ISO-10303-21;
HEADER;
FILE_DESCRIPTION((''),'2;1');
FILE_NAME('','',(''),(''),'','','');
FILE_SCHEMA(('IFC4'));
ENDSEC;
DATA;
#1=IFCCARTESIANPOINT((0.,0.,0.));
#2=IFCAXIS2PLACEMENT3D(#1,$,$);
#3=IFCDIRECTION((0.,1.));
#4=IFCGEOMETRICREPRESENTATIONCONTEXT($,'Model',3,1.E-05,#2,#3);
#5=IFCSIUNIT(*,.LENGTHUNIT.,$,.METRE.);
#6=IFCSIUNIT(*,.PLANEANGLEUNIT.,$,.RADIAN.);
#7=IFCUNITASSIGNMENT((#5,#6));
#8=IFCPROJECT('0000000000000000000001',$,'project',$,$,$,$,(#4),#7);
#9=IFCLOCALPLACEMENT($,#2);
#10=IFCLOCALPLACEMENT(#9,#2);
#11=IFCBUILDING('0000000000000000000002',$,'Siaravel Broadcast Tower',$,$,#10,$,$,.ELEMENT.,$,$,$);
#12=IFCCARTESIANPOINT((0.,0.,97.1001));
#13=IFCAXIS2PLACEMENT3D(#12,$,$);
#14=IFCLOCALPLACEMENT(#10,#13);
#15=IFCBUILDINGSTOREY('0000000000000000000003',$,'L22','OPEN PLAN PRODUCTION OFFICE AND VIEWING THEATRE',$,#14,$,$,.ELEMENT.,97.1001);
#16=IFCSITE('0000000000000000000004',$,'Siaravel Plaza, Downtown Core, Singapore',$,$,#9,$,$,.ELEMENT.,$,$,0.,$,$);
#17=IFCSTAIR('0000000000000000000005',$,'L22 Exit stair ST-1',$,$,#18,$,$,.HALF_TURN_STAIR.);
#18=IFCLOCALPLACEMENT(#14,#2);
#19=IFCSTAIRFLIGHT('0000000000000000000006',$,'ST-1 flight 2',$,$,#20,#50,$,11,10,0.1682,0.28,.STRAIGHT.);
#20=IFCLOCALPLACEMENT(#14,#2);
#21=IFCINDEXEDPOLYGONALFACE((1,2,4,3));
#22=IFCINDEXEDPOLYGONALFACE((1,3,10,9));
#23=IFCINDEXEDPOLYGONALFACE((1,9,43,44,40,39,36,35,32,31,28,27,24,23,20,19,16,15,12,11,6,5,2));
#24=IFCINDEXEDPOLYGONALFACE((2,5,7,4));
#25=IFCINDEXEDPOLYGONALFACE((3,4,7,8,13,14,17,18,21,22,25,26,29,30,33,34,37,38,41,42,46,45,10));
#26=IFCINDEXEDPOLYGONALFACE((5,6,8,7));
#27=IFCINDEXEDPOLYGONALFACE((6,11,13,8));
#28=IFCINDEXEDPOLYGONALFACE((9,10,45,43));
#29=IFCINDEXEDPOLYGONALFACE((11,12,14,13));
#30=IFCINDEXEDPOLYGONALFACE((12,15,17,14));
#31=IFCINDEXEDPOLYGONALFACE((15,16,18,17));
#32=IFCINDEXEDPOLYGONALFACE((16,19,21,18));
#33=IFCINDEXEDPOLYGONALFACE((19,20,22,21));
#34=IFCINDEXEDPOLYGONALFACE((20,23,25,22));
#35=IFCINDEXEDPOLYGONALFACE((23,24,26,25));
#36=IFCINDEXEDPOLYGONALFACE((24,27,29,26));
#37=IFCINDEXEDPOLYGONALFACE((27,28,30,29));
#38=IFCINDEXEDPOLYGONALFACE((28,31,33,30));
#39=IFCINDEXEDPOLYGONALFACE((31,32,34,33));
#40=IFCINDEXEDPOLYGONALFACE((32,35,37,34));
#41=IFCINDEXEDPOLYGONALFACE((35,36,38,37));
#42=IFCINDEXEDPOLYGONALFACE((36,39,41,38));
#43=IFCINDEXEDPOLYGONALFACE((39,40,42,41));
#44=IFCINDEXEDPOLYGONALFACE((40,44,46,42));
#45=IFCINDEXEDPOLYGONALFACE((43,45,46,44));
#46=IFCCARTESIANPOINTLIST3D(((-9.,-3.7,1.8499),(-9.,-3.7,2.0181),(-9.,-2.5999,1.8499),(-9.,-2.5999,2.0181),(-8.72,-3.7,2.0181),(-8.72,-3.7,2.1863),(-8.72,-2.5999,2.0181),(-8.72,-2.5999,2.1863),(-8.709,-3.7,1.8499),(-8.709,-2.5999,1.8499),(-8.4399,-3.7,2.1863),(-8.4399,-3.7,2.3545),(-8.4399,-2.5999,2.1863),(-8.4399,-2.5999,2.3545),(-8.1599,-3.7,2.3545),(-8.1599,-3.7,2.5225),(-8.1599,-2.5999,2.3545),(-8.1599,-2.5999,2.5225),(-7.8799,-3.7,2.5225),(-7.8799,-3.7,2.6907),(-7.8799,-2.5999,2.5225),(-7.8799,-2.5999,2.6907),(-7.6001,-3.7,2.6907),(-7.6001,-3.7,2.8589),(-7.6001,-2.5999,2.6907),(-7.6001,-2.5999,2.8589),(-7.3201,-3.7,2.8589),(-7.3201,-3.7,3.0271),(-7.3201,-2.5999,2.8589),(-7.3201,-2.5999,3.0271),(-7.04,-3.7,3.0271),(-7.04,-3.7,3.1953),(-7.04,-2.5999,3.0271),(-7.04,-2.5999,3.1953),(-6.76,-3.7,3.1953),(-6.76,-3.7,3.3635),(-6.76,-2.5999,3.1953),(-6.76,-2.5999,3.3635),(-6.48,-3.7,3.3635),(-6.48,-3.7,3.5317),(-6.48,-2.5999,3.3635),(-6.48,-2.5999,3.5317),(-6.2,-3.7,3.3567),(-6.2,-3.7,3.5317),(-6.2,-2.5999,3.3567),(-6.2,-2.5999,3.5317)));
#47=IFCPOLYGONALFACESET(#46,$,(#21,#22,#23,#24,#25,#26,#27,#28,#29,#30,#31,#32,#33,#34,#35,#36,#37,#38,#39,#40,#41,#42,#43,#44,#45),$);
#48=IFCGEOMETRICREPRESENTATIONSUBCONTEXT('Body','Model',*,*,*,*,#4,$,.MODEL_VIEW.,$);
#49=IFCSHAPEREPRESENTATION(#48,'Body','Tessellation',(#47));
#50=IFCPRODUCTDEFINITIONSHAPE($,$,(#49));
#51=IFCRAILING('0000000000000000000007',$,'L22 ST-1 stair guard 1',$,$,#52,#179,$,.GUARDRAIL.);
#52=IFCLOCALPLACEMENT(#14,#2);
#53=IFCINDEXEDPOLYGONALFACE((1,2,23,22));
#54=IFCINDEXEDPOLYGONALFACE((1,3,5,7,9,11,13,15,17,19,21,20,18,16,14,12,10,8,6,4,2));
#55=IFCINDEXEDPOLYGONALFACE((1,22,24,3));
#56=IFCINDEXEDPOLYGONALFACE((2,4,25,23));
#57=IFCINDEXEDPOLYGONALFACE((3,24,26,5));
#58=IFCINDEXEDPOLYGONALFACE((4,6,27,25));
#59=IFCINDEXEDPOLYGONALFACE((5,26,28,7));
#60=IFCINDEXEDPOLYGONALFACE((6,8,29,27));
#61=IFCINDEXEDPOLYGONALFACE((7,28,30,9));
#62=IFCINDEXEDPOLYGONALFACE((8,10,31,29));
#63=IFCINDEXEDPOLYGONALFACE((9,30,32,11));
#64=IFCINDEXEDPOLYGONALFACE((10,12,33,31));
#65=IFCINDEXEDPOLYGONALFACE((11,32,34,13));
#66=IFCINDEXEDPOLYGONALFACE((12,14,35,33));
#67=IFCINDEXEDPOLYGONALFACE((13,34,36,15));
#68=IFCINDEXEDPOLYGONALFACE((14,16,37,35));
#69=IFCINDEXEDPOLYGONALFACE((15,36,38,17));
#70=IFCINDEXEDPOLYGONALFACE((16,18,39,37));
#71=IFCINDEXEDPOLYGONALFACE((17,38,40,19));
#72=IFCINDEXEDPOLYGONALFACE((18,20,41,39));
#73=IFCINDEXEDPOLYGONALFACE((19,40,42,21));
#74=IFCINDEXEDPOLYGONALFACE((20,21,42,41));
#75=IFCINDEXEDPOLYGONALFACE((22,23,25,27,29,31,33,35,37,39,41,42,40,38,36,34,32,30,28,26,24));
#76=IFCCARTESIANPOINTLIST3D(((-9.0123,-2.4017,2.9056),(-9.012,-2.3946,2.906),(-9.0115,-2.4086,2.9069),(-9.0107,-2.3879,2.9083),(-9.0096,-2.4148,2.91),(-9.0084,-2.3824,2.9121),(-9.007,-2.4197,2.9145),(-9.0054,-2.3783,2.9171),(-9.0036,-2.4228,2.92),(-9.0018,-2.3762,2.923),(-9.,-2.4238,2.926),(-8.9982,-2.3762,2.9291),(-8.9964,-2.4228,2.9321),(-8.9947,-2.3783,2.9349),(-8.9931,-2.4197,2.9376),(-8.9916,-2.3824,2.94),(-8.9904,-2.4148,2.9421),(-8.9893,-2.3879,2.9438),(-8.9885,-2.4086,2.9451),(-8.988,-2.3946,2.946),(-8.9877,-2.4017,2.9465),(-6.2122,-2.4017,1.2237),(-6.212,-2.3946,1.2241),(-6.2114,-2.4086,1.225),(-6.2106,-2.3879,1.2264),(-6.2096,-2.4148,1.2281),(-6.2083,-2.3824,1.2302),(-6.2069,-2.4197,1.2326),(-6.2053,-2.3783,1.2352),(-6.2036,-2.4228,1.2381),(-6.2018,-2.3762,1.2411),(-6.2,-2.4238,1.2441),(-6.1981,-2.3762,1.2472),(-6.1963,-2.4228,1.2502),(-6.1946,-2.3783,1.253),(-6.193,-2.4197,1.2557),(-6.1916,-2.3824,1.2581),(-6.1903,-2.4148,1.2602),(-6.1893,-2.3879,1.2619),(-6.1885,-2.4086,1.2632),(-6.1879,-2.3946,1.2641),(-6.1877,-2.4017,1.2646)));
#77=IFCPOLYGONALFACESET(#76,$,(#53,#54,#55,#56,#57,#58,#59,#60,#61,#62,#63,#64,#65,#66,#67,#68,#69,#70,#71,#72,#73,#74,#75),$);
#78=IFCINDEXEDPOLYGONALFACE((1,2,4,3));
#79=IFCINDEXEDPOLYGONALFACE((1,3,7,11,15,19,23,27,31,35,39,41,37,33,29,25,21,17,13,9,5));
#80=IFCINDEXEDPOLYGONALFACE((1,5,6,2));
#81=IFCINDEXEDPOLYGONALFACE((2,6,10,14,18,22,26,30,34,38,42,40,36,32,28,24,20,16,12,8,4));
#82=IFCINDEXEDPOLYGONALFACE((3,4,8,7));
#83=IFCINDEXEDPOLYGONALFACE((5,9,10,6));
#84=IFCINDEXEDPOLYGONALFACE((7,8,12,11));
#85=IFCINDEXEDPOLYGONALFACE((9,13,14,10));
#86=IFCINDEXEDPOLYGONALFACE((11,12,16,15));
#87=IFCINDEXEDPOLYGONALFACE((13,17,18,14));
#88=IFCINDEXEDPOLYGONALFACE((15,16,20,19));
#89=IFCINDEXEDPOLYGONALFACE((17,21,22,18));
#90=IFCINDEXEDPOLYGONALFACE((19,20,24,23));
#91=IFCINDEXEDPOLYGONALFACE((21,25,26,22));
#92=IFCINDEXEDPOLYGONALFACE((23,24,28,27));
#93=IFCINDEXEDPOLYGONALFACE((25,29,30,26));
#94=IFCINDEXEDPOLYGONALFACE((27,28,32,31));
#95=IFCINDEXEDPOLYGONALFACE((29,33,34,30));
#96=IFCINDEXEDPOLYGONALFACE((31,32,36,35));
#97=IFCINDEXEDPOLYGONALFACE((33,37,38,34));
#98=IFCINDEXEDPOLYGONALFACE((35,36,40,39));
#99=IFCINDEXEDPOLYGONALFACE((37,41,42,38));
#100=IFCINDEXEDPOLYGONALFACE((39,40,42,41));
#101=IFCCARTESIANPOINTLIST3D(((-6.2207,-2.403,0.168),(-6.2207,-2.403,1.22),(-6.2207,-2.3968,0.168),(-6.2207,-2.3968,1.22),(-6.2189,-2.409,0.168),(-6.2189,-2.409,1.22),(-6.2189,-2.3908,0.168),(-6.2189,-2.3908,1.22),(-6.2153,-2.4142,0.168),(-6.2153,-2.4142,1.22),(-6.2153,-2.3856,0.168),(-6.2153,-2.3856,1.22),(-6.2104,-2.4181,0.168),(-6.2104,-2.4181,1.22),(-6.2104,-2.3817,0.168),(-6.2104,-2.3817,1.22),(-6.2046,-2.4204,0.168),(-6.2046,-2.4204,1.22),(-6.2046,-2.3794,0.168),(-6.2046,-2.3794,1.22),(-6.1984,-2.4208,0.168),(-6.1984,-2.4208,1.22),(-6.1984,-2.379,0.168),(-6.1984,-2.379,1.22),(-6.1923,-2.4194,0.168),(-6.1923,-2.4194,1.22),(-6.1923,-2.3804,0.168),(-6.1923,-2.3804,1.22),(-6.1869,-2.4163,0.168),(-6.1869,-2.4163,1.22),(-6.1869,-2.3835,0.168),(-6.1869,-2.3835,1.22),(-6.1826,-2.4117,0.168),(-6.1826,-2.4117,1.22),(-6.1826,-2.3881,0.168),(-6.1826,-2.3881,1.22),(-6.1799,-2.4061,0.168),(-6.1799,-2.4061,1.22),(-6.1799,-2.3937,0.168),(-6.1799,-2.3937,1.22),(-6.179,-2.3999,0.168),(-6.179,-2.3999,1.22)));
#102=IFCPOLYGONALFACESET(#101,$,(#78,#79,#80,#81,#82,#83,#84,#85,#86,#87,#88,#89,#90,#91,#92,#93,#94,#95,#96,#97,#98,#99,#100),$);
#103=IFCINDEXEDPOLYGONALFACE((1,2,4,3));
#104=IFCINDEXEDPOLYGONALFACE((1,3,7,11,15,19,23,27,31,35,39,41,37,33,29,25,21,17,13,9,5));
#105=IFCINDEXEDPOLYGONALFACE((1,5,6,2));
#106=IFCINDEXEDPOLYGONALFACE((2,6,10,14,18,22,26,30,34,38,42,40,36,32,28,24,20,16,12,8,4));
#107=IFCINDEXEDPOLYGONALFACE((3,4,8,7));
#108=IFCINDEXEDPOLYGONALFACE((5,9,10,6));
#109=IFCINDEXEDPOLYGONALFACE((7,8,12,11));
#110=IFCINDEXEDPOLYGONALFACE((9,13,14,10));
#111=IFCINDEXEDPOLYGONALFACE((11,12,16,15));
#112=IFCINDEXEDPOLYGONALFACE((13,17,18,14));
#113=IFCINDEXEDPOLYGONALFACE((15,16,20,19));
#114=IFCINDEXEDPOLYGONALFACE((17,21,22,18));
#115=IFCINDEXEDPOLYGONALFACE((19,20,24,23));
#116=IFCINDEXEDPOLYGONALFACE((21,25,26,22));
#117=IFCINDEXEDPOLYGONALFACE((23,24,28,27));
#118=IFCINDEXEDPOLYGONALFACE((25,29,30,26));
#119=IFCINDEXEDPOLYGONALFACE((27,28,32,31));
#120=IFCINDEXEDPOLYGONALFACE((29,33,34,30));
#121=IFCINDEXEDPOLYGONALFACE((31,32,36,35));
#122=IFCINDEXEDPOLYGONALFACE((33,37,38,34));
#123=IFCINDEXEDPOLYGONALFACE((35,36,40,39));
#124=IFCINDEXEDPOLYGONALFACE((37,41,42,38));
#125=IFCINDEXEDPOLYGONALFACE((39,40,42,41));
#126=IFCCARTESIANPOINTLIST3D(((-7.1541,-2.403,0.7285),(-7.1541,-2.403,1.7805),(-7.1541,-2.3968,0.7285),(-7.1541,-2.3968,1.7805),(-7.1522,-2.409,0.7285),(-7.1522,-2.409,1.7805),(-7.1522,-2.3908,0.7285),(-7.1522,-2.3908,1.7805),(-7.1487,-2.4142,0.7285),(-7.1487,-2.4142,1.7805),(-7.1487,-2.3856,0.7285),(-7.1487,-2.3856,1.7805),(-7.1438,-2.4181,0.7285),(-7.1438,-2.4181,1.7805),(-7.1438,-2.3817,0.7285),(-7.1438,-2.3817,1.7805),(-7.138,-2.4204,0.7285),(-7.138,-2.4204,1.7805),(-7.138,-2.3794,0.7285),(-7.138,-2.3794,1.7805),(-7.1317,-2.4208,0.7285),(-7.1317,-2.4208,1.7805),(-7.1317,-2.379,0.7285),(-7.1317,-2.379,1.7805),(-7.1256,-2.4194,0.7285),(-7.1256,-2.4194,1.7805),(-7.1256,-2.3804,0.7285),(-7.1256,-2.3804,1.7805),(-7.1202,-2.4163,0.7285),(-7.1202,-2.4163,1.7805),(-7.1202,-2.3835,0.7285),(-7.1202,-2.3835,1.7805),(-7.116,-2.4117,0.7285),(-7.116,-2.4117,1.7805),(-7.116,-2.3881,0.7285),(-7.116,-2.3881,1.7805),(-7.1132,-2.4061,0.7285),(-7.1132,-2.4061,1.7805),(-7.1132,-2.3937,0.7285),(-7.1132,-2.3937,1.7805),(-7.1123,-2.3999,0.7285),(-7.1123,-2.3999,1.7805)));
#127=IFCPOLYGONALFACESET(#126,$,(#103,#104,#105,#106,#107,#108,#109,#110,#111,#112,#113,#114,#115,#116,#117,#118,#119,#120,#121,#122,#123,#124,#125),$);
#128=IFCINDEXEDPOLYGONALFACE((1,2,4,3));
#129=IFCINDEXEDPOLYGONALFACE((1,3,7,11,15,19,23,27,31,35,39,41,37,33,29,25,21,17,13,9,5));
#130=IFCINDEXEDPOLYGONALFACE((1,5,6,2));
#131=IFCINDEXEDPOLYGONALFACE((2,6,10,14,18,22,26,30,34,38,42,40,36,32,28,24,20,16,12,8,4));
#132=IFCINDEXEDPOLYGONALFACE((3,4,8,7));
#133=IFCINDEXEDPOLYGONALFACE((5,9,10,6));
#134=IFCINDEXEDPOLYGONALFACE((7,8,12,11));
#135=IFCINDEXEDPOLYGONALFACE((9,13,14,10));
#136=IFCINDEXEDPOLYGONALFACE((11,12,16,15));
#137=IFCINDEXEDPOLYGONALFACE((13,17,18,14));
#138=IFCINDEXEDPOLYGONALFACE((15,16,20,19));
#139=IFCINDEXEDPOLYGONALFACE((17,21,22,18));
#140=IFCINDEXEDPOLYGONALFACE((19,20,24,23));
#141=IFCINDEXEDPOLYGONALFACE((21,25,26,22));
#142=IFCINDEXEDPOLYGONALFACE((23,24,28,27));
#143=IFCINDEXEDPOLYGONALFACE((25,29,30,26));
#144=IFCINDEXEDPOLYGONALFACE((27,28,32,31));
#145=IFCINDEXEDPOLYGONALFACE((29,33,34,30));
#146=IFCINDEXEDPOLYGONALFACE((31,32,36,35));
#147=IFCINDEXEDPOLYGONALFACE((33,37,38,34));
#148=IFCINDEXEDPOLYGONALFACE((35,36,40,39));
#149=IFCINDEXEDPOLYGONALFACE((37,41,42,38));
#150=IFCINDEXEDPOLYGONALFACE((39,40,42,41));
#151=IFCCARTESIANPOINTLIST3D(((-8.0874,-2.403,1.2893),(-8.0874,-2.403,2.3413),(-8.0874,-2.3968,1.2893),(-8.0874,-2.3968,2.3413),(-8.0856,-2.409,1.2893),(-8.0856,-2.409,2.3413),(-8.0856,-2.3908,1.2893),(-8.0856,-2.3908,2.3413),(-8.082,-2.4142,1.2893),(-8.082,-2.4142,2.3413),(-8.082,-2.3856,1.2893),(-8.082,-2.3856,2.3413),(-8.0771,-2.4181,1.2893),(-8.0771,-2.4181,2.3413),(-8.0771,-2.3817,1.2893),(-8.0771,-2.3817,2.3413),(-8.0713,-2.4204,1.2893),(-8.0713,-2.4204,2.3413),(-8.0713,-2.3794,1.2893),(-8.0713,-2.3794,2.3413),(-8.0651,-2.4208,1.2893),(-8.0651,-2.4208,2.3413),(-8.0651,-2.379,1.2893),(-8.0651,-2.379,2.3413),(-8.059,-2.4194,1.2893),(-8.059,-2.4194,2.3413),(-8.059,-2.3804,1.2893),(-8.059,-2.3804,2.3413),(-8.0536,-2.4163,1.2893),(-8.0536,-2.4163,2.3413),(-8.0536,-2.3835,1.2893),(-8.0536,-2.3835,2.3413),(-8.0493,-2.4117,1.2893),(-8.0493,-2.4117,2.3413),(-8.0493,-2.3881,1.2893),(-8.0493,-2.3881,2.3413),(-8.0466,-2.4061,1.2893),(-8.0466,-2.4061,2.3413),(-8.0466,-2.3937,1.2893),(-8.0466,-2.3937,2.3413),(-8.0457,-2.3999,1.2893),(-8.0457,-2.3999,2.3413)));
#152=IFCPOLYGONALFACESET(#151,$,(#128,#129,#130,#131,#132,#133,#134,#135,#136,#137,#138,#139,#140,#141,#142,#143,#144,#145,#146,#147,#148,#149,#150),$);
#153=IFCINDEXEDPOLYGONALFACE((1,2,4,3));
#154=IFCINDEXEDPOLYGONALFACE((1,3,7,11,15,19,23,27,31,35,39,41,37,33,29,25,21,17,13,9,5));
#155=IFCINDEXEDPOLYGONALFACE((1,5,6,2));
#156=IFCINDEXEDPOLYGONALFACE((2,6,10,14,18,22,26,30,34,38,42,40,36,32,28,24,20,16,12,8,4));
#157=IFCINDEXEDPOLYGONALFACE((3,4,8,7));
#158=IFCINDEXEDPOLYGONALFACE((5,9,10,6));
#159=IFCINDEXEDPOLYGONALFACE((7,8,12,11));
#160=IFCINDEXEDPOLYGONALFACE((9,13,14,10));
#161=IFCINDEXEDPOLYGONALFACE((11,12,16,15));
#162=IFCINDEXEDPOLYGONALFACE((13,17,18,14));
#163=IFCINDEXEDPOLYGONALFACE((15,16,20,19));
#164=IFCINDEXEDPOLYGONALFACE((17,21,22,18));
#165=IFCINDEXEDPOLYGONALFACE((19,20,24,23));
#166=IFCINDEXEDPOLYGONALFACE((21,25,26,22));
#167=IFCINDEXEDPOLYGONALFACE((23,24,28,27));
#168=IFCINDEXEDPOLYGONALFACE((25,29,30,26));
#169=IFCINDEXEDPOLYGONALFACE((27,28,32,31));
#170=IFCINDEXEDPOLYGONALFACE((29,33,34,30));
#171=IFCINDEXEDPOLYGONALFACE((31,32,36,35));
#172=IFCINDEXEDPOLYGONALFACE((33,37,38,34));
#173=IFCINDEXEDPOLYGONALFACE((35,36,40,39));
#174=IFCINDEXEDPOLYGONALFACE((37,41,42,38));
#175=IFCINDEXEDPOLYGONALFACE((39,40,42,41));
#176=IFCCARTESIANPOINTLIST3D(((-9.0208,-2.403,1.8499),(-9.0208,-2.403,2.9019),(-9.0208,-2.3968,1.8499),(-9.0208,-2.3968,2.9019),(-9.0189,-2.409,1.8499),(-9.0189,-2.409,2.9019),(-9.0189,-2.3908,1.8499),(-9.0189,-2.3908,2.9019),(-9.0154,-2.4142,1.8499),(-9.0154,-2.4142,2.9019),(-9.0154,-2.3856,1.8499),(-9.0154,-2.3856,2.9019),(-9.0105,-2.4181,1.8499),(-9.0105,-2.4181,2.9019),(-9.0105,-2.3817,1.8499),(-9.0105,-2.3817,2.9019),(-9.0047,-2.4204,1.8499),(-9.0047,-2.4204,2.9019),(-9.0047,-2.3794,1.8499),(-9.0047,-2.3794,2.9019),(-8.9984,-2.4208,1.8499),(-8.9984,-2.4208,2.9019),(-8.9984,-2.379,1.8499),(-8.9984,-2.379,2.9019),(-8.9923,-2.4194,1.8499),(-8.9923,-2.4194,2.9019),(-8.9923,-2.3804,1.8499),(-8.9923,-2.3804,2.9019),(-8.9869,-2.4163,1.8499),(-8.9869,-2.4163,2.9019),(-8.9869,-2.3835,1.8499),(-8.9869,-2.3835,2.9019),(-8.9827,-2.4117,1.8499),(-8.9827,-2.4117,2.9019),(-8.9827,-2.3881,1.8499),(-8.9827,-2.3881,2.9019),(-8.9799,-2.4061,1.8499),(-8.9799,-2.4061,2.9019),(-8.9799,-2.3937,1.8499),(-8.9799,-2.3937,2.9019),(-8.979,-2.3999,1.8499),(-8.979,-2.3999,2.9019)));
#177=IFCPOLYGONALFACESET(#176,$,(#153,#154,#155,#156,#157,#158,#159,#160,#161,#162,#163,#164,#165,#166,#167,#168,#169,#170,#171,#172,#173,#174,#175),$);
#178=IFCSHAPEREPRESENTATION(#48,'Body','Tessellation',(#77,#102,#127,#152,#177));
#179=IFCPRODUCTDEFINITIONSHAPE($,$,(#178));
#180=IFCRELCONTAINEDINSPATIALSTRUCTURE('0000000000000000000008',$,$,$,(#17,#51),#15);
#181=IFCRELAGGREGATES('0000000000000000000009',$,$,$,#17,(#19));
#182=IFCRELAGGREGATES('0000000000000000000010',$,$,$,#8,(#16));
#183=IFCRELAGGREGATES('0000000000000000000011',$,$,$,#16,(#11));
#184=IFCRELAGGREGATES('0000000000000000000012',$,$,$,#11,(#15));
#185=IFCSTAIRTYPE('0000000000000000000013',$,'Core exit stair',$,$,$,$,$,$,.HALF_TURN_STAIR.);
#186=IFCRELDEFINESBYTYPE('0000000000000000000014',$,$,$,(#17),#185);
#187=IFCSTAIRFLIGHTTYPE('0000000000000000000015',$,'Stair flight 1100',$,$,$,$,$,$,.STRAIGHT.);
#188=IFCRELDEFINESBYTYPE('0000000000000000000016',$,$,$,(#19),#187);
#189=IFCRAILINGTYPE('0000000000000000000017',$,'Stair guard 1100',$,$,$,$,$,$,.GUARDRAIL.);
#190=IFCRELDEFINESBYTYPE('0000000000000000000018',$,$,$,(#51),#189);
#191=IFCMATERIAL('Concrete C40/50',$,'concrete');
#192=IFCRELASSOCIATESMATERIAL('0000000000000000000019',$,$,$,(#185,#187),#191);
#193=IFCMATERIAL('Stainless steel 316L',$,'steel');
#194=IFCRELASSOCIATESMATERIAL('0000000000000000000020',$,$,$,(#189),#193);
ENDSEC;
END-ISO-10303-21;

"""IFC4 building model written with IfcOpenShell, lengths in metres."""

from ifc_helpers import new_model, si_unit, direction, frame, origin, origin_2d, place, context, subcontext, project, spatial, polyline, circle, outline, extrude, material, type_object, element, aggregate, save


model = new_model("IFC4")

# Units and contexts
model_context = context("Model", 3, precision=1e-05, world=origin(), true_north=direction((0.0, 1.0)))
body_context = subcontext(model_context, "Body", "Model", "MODEL_VIEW")
ifc_project = project(units=[si_unit("LENGTHUNIT", "METRE"), si_unit("PLANEANGLEUNIT", "RADIAN")], contexts=[model_context])

# Site, building, storey
site_placement = place(None, origin())
site = spatial("IfcSite", under=ifc_project, at=site_placement, Name="Siaravel Plaza, Downtown Core, Singapore", CompositionType="ELEMENT", RefElevation=0.0)
building_placement = place(site_placement, origin())
building = spatial("IfcBuilding", under=site, at=building_placement, Name="Siaravel Broadcast Tower", CompositionType="ELEMENT")
storey_placement = place(building_placement, frame((0.0, 0.0, 97.1001)))
storey = spatial("IfcBuildingStorey", under=building, at=storey_placement, Name="L22", Description="OPEN PLAN PRODUCTION OFFICE AND VIEWING THEATRE", CompositionType="ELEMENT", Elevation=97.1001)

# Stair, stair flight
ifc_material_1 = material(Name="Concrete C40/50", Category="concrete")
stair_type = type_object("IfcStairType", Name="Core exit stair", PredefinedType="HALF_TURN_STAIR", material=ifc_material_1)
stair_placement = place(storey_placement, origin())
stair = element("IfcStair", 1, at=stair_placement, inside=storey, type_object=stair_type, Name="L22 Exit stair ST-1", PredefinedType="HALF_TURN_STAIR")
stair_flight_type = type_object("IfcStairFlightType", Name="Stair flight 1100", PredefinedType="STRAIGHT", material=ifc_material_1)
stair_flight_1_placement = place(storey_placement, frame((-9.0, -3.1499, 1.8499), z_axis=(0.0, 0.0, 1.0), x_axis=(1.0, 0.0, 0.0)))
stair_flight_1 = element("IfcStairFlight", 2, at=stair_flight_1_placement, type_object=stair_flight_type, Name="ST-1 flight 2", NumberOfRisers=11, NumberOfTreads=10, PredefinedType="STRAIGHT", RiserHeight=0.1682, TreadLength=0.28, context=body_context, shape_type="SweptSolid", body=[
    extrude(outline(polyline([(0.0, 0.0), (0.0, 0.1682), (0.28, 0.1682), (0.28, 0.3364), (0.5601, 0.3364), (0.5601, 0.5046), (0.8401, 0.5046), (0.8401, 0.6726), (1.1201, 0.6726), (1.1201, 0.8408), (1.3999, 0.8408), (1.3999, 1.009), (1.6799, 1.009), (1.6799, 1.1772), (1.96, 1.1772), (1.96, 1.3455), (2.24, 1.3455), (2.24, 1.5137), (2.52, 1.5137), (2.52, 1.6819), (2.8, 1.6819), (2.8, 1.8501), (2.8, 1.5068), (0.291, 0.0), (0.0, 0.0)])), frame((0.0, 0.55, 0.0), z_axis=(0.0, -1.0, 0.0), x_axis=(1.0, 0.0, 0.0)), (0.0, 0.0, 1.0), 1.1001),
])
aggregate(stair, [stair_flight_1])

# Railing
ifc_material_2 = material(Name="Stainless steel 316L", Category="steel")
railing_type_1 = type_object("IfcRailingType", Name="Stair guard 1100", PredefinedType="GUARDRAIL", material=ifc_material_2)
railing_1_placement = place(storey_placement, frame((-6.2, -2.3999, 0.168)))
element("IfcRailing", 3, at=railing_1_placement, inside=storey, type_object=railing_type_1, Name="L22 ST-1 stair guard 1", PredefinedType="GUARDRAIL", context=body_context, shape_type="SweptSolid", body=[
    extrude(circle(Radius=0.0239, at=origin_2d()), frame((0.0, 0.0, 1.0762), z_axis=(-0.857242, 0.0, 0.514913), x_axis=(0.0, -1.0, 0.0)), (0.0, 0.0, 1.0), 3.2664),
    extrude(circle(Radius=0.021, at=origin_2d()), origin(), (0.0, 0.0, 1.0), 1.052),
    extrude(circle(Radius=0.021, at=origin_2d()), frame((-0.9333, 0.0, 0.5605)), (0.0, 0.0, 1.0), 1.052),
    extrude(circle(Radius=0.021, at=origin_2d()), frame((-1.8667, 0.0, 1.1213)), (0.0, 0.0, 1.0), 1.052),
    extrude(circle(Radius=0.021, at=origin_2d()), frame((-2.8, 0.0, 1.6819)), (0.0, 0.0, 1.0), 1.052),
])

save(model, "model.ifc")
